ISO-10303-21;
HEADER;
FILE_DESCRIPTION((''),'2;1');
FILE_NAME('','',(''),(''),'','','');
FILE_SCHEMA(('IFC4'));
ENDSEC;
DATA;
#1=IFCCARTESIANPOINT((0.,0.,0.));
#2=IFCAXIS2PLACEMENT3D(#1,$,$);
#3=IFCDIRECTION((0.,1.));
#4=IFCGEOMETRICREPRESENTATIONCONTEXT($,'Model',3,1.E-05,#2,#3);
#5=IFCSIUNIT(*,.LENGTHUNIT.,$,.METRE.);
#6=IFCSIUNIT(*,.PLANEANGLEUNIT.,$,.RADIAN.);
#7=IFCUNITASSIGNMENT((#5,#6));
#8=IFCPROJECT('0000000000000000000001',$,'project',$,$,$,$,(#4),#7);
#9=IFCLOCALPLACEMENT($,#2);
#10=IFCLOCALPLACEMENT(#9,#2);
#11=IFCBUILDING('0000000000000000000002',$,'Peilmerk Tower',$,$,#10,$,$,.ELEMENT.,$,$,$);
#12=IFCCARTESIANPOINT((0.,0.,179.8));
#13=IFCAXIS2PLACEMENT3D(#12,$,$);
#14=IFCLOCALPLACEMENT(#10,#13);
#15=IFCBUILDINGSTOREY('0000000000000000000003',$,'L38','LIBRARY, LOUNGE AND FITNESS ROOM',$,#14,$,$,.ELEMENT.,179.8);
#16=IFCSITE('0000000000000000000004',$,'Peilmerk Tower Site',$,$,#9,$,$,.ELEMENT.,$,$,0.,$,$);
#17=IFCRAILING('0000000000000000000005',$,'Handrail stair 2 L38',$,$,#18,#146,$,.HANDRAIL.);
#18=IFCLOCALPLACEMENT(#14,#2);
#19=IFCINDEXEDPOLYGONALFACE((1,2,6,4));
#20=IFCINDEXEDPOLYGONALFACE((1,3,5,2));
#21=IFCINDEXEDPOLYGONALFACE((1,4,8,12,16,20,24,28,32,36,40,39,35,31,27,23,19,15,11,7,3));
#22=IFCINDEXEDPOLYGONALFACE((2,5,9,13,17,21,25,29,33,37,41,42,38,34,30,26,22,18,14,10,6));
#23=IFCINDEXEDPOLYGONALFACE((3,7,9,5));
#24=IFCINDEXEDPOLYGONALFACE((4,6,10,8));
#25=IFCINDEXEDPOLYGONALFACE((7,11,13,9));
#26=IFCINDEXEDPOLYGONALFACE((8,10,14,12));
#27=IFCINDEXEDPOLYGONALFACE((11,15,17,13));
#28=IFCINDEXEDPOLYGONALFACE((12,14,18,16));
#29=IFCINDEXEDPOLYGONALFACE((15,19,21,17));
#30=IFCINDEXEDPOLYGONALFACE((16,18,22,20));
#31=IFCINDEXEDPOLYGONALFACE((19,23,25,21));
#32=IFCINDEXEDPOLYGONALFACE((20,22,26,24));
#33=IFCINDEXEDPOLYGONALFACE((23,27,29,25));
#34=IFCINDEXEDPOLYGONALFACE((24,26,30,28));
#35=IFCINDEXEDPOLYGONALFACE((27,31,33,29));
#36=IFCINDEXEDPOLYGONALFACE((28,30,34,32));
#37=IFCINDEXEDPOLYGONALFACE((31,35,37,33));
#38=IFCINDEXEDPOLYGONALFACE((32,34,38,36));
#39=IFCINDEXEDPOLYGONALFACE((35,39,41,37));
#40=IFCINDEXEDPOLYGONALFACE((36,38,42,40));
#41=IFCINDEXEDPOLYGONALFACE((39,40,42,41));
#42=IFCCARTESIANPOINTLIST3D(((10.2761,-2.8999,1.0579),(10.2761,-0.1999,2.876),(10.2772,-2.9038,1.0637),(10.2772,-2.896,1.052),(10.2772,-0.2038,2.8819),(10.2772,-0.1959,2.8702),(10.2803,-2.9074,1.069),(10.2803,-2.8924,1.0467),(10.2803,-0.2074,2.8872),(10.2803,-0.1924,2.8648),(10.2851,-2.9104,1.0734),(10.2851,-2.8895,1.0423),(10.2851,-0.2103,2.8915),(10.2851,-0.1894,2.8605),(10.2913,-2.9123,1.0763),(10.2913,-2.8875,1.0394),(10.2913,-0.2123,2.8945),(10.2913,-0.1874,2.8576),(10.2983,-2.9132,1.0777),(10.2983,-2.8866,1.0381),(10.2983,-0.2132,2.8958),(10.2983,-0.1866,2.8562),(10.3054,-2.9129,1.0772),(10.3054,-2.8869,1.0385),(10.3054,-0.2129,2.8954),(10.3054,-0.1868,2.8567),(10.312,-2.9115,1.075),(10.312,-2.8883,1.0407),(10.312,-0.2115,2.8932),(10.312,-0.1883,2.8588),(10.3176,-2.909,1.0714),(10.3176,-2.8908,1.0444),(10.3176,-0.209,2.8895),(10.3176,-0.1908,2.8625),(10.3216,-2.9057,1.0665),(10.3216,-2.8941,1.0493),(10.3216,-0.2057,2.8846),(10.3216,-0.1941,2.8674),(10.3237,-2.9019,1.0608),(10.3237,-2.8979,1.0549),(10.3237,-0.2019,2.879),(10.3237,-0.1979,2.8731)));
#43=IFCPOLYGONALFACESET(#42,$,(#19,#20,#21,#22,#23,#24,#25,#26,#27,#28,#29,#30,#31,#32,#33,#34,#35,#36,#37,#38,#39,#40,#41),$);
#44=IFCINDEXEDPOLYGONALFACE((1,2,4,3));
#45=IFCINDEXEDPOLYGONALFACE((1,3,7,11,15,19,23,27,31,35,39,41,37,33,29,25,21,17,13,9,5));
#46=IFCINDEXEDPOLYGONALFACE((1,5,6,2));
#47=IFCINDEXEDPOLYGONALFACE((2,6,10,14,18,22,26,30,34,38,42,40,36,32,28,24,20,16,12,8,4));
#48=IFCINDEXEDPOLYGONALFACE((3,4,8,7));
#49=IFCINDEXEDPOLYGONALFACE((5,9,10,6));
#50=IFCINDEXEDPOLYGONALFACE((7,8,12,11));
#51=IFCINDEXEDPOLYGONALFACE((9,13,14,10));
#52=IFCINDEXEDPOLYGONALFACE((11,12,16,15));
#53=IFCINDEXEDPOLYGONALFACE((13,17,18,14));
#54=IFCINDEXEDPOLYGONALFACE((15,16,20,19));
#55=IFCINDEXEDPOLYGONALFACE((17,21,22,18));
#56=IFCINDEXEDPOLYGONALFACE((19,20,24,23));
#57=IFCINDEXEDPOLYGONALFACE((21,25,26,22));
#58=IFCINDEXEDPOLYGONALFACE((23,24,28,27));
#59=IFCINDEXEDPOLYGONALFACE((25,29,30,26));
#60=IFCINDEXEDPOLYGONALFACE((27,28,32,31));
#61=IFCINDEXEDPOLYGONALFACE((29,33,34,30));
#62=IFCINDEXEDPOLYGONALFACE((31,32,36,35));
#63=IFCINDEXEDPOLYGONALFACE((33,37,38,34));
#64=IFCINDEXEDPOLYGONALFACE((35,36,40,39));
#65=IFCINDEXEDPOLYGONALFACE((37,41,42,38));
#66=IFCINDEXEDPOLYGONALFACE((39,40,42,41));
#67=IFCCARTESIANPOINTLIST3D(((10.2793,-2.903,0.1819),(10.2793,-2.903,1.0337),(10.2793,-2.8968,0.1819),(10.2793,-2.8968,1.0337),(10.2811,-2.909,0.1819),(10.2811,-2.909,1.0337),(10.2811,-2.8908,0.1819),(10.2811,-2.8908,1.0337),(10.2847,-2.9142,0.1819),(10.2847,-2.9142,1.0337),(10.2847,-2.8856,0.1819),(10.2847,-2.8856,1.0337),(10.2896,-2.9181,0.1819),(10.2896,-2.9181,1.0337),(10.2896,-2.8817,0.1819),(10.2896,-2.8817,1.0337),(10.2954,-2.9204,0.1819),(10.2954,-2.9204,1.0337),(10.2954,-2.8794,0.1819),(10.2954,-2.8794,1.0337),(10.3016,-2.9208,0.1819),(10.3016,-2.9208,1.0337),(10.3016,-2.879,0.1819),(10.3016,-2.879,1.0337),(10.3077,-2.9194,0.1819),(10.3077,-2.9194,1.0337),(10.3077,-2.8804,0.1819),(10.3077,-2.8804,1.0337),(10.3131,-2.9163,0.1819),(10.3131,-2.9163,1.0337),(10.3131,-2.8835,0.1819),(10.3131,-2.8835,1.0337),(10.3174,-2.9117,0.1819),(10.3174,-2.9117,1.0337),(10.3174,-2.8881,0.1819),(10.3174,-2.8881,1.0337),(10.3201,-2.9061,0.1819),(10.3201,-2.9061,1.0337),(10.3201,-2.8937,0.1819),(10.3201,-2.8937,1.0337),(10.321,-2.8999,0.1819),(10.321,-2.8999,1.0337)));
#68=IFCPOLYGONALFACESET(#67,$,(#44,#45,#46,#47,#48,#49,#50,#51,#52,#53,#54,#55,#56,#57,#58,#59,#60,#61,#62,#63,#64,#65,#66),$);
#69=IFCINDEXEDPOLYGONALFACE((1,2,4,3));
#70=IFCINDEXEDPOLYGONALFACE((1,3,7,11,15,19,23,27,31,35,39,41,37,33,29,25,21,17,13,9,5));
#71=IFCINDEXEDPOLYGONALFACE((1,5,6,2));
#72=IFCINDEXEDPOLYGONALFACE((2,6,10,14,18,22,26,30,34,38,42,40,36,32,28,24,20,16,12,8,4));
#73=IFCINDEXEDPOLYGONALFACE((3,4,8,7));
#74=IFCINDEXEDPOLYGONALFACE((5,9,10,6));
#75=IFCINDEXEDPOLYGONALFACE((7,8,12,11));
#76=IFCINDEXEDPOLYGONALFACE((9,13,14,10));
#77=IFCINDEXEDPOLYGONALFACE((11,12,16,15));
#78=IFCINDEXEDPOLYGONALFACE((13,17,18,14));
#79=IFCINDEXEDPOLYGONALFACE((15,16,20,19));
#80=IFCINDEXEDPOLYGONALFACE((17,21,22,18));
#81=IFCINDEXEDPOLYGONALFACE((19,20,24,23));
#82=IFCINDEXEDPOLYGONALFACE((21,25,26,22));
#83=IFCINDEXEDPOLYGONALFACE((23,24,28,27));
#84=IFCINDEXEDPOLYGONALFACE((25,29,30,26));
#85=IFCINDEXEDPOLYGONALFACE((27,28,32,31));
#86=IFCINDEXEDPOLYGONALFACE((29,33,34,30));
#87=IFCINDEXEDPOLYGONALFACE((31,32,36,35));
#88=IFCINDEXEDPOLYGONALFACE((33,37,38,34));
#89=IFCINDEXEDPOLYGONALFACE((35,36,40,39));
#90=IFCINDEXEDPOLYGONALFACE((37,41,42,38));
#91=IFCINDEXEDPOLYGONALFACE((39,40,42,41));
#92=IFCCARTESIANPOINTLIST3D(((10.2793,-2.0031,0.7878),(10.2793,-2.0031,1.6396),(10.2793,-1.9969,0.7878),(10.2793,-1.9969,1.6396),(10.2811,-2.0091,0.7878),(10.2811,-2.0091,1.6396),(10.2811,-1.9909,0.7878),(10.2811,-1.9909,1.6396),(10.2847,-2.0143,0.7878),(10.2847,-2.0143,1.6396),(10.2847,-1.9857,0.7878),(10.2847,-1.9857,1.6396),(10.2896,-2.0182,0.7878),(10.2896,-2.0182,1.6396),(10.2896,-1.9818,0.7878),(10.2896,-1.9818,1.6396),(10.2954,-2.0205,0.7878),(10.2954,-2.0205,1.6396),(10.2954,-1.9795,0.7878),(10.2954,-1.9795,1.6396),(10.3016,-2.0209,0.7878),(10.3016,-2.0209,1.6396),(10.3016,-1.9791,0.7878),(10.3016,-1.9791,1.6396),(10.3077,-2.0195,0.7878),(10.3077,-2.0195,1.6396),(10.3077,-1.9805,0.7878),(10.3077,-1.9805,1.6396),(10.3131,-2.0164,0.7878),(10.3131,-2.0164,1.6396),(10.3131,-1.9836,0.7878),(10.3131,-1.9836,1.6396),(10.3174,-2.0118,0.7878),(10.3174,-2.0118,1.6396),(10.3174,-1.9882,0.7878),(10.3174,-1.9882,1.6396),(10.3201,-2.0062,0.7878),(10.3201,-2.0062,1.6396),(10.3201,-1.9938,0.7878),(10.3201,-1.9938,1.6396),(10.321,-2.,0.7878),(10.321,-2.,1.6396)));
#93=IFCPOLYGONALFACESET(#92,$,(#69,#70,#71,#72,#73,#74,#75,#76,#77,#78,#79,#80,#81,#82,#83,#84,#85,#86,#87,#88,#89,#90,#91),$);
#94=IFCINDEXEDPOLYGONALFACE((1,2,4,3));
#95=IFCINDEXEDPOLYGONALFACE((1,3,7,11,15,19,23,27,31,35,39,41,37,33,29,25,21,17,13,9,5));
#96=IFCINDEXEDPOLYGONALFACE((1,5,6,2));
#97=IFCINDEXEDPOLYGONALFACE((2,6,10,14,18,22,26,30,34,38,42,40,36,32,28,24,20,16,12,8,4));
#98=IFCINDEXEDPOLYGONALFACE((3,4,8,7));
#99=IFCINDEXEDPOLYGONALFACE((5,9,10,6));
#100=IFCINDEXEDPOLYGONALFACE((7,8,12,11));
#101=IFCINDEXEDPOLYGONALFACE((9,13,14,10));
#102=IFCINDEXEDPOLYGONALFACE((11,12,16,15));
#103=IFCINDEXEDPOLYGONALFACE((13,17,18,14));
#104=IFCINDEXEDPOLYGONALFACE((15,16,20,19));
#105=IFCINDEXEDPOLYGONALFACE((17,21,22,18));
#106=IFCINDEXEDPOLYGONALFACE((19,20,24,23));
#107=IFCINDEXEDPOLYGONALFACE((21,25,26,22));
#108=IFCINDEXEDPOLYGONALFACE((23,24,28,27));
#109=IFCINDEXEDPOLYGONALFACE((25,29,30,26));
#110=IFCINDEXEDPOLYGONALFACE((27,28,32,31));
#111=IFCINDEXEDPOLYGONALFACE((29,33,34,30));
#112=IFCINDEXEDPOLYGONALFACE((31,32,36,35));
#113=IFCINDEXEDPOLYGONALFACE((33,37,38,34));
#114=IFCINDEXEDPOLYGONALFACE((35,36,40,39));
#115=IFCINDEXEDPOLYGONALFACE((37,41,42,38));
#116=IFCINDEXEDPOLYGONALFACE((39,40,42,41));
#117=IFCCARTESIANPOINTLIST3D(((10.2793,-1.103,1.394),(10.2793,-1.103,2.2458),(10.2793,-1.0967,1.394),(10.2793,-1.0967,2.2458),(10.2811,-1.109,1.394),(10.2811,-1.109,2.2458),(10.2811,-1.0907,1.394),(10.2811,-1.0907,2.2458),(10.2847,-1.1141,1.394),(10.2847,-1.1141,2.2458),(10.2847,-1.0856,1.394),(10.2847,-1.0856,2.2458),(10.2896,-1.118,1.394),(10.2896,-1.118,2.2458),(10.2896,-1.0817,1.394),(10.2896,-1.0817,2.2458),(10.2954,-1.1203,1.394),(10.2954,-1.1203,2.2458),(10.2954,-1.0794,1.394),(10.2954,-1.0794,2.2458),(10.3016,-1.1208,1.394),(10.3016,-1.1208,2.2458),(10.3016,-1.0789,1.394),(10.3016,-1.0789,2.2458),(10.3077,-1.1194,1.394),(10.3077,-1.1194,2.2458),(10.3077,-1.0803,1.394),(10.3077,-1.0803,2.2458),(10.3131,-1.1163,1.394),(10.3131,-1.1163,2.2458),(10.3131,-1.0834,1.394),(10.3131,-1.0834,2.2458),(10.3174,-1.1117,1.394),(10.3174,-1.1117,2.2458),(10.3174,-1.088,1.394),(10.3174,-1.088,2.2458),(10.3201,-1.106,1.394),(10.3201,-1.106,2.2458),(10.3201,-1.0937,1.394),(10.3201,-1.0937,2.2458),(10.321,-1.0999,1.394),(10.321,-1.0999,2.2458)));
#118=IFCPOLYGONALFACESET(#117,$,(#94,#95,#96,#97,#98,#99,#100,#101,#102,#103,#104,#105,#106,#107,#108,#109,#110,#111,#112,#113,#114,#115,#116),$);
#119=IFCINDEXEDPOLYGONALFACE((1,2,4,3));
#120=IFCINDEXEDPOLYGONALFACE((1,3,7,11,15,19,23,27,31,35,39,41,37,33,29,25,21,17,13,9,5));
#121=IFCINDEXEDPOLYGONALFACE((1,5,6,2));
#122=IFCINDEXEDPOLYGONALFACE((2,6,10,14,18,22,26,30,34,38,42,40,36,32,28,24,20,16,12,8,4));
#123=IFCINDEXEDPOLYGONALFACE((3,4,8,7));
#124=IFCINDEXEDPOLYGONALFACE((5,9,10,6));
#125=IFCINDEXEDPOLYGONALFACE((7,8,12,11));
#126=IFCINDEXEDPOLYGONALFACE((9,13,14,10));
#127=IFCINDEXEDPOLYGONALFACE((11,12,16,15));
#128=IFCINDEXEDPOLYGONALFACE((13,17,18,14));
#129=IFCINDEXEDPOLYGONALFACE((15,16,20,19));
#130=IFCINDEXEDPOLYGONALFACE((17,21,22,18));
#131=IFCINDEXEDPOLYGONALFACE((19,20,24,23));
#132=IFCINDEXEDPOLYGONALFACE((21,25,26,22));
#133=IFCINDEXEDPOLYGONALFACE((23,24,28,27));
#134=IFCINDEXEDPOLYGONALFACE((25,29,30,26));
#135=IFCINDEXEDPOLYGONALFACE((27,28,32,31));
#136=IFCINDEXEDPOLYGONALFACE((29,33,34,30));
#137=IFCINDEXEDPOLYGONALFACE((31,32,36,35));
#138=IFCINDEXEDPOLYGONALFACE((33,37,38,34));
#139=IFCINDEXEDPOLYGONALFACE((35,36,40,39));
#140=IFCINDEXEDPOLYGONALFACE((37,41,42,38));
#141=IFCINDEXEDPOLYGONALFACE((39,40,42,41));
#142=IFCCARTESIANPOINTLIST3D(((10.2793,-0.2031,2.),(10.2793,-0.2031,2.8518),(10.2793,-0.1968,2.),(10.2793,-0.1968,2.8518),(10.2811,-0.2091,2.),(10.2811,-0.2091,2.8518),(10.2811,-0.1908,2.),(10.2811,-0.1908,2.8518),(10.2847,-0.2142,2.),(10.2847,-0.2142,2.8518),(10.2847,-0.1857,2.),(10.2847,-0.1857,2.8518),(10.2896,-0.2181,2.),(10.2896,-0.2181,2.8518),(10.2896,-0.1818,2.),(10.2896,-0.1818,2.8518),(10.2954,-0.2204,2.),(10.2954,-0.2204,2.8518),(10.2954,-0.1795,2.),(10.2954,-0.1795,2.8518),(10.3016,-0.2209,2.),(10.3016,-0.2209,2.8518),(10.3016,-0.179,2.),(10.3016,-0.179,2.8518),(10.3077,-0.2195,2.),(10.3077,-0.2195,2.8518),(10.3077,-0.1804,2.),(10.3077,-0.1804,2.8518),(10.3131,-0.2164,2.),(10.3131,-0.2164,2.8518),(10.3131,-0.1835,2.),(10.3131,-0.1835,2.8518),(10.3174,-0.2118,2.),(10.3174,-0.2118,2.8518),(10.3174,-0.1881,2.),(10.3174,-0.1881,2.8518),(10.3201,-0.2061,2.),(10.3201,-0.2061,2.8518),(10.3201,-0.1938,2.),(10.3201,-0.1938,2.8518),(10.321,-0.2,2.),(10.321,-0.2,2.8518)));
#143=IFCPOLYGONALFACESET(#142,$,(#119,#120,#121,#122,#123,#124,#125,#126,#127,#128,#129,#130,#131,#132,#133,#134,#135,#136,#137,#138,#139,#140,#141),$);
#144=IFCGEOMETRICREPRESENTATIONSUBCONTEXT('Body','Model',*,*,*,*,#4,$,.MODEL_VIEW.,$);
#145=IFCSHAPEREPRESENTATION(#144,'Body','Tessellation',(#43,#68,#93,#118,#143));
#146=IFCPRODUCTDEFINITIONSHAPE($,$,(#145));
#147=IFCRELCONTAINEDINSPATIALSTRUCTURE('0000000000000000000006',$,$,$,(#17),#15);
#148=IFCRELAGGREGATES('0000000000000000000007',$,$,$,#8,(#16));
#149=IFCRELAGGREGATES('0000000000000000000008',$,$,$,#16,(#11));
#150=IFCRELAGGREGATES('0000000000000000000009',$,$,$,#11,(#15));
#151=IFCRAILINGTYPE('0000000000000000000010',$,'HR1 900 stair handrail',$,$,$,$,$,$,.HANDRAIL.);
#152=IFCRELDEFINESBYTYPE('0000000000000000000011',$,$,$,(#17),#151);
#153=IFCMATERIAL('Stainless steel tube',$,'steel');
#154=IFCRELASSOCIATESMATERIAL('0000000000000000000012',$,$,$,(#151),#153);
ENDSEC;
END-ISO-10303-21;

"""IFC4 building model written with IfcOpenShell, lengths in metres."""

from ifc_helpers import new_model, si_unit, direction, frame, origin, origin_2d, place, context, subcontext, project, spatial, circle, extrude, material, type_object, element, save


model = new_model("IFC4")

# Units and contexts
model_context = context("Model", 3, precision=1e-05, world=origin(), true_north=direction((0.0, 1.0)))
body_context = subcontext(model_context, "Body", "Model", "MODEL_VIEW")
ifc_project = project(units=[si_unit("LENGTHUNIT", "METRE"), si_unit("PLANEANGLEUNIT", "RADIAN")], contexts=[model_context])

# Site, building, storey
site_placement = place(None, origin())
site = spatial("IfcSite", under=ifc_project, at=site_placement, Name="Peilmerk Tower Site", CompositionType="ELEMENT", RefElevation=0.0)
building_placement = place(site_placement, origin())
building = spatial("IfcBuilding", under=site, at=building_placement, Name="Peilmerk Tower", CompositionType="ELEMENT")
storey_placement = place(building_placement, frame((0.0, 0.0, 179.8)))
storey = spatial("IfcBuildingStorey", under=building, at=storey_placement, Name="L38", Description="LIBRARY, LOUNGE AND FITNESS ROOM", CompositionType="ELEMENT", Elevation=179.8)

# Railing
ifc_material_1 = material(Name="Stainless steel tube", Category="steel")
railing_type_1 = type_object("IfcRailingType", Name="HR1 900 stair handrail", PredefinedType="HANDRAIL", material=ifc_material_1)
railing_1_placement = place(storey_placement, frame((10.3, -2.8999, 0.1819)))
element("IfcRailing", 1, at=railing_1_placement, inside=storey, type_object=railing_type_1, Name="Handrail stair 2 L38", PredefinedType="HANDRAIL", context=body_context, shape_type="SweptSolid", body=[
    extrude(circle(Radius=0.0239, at=origin_2d()), frame((0.0, 0.0, 0.876), z_axis=(0.0, 0.829468, 0.558554), x_axis=(-1.0, 0.0, 0.0)), (0.0, 0.0, 1.0), 3.2551),
    extrude(circle(Radius=0.021, at=origin_2d()), origin(), (0.0, 0.0, 1.0), 0.8518),
    extrude(circle(Radius=0.021, at=origin_2d()), frame((0.0, 0.8999, 0.606)), (0.0, 0.0, 1.0), 0.8518),
    extrude(circle(Radius=0.021, at=origin_2d()), frame((0.0, 1.8, 1.2122)), (0.0, 0.0, 1.0), 0.8518),
    extrude(circle(Radius=0.021, at=origin_2d()), frame((0.0, 2.7, 1.8181)), (0.0, 0.0, 1.0), 0.8518),
])

save(model, "model.ifc")
